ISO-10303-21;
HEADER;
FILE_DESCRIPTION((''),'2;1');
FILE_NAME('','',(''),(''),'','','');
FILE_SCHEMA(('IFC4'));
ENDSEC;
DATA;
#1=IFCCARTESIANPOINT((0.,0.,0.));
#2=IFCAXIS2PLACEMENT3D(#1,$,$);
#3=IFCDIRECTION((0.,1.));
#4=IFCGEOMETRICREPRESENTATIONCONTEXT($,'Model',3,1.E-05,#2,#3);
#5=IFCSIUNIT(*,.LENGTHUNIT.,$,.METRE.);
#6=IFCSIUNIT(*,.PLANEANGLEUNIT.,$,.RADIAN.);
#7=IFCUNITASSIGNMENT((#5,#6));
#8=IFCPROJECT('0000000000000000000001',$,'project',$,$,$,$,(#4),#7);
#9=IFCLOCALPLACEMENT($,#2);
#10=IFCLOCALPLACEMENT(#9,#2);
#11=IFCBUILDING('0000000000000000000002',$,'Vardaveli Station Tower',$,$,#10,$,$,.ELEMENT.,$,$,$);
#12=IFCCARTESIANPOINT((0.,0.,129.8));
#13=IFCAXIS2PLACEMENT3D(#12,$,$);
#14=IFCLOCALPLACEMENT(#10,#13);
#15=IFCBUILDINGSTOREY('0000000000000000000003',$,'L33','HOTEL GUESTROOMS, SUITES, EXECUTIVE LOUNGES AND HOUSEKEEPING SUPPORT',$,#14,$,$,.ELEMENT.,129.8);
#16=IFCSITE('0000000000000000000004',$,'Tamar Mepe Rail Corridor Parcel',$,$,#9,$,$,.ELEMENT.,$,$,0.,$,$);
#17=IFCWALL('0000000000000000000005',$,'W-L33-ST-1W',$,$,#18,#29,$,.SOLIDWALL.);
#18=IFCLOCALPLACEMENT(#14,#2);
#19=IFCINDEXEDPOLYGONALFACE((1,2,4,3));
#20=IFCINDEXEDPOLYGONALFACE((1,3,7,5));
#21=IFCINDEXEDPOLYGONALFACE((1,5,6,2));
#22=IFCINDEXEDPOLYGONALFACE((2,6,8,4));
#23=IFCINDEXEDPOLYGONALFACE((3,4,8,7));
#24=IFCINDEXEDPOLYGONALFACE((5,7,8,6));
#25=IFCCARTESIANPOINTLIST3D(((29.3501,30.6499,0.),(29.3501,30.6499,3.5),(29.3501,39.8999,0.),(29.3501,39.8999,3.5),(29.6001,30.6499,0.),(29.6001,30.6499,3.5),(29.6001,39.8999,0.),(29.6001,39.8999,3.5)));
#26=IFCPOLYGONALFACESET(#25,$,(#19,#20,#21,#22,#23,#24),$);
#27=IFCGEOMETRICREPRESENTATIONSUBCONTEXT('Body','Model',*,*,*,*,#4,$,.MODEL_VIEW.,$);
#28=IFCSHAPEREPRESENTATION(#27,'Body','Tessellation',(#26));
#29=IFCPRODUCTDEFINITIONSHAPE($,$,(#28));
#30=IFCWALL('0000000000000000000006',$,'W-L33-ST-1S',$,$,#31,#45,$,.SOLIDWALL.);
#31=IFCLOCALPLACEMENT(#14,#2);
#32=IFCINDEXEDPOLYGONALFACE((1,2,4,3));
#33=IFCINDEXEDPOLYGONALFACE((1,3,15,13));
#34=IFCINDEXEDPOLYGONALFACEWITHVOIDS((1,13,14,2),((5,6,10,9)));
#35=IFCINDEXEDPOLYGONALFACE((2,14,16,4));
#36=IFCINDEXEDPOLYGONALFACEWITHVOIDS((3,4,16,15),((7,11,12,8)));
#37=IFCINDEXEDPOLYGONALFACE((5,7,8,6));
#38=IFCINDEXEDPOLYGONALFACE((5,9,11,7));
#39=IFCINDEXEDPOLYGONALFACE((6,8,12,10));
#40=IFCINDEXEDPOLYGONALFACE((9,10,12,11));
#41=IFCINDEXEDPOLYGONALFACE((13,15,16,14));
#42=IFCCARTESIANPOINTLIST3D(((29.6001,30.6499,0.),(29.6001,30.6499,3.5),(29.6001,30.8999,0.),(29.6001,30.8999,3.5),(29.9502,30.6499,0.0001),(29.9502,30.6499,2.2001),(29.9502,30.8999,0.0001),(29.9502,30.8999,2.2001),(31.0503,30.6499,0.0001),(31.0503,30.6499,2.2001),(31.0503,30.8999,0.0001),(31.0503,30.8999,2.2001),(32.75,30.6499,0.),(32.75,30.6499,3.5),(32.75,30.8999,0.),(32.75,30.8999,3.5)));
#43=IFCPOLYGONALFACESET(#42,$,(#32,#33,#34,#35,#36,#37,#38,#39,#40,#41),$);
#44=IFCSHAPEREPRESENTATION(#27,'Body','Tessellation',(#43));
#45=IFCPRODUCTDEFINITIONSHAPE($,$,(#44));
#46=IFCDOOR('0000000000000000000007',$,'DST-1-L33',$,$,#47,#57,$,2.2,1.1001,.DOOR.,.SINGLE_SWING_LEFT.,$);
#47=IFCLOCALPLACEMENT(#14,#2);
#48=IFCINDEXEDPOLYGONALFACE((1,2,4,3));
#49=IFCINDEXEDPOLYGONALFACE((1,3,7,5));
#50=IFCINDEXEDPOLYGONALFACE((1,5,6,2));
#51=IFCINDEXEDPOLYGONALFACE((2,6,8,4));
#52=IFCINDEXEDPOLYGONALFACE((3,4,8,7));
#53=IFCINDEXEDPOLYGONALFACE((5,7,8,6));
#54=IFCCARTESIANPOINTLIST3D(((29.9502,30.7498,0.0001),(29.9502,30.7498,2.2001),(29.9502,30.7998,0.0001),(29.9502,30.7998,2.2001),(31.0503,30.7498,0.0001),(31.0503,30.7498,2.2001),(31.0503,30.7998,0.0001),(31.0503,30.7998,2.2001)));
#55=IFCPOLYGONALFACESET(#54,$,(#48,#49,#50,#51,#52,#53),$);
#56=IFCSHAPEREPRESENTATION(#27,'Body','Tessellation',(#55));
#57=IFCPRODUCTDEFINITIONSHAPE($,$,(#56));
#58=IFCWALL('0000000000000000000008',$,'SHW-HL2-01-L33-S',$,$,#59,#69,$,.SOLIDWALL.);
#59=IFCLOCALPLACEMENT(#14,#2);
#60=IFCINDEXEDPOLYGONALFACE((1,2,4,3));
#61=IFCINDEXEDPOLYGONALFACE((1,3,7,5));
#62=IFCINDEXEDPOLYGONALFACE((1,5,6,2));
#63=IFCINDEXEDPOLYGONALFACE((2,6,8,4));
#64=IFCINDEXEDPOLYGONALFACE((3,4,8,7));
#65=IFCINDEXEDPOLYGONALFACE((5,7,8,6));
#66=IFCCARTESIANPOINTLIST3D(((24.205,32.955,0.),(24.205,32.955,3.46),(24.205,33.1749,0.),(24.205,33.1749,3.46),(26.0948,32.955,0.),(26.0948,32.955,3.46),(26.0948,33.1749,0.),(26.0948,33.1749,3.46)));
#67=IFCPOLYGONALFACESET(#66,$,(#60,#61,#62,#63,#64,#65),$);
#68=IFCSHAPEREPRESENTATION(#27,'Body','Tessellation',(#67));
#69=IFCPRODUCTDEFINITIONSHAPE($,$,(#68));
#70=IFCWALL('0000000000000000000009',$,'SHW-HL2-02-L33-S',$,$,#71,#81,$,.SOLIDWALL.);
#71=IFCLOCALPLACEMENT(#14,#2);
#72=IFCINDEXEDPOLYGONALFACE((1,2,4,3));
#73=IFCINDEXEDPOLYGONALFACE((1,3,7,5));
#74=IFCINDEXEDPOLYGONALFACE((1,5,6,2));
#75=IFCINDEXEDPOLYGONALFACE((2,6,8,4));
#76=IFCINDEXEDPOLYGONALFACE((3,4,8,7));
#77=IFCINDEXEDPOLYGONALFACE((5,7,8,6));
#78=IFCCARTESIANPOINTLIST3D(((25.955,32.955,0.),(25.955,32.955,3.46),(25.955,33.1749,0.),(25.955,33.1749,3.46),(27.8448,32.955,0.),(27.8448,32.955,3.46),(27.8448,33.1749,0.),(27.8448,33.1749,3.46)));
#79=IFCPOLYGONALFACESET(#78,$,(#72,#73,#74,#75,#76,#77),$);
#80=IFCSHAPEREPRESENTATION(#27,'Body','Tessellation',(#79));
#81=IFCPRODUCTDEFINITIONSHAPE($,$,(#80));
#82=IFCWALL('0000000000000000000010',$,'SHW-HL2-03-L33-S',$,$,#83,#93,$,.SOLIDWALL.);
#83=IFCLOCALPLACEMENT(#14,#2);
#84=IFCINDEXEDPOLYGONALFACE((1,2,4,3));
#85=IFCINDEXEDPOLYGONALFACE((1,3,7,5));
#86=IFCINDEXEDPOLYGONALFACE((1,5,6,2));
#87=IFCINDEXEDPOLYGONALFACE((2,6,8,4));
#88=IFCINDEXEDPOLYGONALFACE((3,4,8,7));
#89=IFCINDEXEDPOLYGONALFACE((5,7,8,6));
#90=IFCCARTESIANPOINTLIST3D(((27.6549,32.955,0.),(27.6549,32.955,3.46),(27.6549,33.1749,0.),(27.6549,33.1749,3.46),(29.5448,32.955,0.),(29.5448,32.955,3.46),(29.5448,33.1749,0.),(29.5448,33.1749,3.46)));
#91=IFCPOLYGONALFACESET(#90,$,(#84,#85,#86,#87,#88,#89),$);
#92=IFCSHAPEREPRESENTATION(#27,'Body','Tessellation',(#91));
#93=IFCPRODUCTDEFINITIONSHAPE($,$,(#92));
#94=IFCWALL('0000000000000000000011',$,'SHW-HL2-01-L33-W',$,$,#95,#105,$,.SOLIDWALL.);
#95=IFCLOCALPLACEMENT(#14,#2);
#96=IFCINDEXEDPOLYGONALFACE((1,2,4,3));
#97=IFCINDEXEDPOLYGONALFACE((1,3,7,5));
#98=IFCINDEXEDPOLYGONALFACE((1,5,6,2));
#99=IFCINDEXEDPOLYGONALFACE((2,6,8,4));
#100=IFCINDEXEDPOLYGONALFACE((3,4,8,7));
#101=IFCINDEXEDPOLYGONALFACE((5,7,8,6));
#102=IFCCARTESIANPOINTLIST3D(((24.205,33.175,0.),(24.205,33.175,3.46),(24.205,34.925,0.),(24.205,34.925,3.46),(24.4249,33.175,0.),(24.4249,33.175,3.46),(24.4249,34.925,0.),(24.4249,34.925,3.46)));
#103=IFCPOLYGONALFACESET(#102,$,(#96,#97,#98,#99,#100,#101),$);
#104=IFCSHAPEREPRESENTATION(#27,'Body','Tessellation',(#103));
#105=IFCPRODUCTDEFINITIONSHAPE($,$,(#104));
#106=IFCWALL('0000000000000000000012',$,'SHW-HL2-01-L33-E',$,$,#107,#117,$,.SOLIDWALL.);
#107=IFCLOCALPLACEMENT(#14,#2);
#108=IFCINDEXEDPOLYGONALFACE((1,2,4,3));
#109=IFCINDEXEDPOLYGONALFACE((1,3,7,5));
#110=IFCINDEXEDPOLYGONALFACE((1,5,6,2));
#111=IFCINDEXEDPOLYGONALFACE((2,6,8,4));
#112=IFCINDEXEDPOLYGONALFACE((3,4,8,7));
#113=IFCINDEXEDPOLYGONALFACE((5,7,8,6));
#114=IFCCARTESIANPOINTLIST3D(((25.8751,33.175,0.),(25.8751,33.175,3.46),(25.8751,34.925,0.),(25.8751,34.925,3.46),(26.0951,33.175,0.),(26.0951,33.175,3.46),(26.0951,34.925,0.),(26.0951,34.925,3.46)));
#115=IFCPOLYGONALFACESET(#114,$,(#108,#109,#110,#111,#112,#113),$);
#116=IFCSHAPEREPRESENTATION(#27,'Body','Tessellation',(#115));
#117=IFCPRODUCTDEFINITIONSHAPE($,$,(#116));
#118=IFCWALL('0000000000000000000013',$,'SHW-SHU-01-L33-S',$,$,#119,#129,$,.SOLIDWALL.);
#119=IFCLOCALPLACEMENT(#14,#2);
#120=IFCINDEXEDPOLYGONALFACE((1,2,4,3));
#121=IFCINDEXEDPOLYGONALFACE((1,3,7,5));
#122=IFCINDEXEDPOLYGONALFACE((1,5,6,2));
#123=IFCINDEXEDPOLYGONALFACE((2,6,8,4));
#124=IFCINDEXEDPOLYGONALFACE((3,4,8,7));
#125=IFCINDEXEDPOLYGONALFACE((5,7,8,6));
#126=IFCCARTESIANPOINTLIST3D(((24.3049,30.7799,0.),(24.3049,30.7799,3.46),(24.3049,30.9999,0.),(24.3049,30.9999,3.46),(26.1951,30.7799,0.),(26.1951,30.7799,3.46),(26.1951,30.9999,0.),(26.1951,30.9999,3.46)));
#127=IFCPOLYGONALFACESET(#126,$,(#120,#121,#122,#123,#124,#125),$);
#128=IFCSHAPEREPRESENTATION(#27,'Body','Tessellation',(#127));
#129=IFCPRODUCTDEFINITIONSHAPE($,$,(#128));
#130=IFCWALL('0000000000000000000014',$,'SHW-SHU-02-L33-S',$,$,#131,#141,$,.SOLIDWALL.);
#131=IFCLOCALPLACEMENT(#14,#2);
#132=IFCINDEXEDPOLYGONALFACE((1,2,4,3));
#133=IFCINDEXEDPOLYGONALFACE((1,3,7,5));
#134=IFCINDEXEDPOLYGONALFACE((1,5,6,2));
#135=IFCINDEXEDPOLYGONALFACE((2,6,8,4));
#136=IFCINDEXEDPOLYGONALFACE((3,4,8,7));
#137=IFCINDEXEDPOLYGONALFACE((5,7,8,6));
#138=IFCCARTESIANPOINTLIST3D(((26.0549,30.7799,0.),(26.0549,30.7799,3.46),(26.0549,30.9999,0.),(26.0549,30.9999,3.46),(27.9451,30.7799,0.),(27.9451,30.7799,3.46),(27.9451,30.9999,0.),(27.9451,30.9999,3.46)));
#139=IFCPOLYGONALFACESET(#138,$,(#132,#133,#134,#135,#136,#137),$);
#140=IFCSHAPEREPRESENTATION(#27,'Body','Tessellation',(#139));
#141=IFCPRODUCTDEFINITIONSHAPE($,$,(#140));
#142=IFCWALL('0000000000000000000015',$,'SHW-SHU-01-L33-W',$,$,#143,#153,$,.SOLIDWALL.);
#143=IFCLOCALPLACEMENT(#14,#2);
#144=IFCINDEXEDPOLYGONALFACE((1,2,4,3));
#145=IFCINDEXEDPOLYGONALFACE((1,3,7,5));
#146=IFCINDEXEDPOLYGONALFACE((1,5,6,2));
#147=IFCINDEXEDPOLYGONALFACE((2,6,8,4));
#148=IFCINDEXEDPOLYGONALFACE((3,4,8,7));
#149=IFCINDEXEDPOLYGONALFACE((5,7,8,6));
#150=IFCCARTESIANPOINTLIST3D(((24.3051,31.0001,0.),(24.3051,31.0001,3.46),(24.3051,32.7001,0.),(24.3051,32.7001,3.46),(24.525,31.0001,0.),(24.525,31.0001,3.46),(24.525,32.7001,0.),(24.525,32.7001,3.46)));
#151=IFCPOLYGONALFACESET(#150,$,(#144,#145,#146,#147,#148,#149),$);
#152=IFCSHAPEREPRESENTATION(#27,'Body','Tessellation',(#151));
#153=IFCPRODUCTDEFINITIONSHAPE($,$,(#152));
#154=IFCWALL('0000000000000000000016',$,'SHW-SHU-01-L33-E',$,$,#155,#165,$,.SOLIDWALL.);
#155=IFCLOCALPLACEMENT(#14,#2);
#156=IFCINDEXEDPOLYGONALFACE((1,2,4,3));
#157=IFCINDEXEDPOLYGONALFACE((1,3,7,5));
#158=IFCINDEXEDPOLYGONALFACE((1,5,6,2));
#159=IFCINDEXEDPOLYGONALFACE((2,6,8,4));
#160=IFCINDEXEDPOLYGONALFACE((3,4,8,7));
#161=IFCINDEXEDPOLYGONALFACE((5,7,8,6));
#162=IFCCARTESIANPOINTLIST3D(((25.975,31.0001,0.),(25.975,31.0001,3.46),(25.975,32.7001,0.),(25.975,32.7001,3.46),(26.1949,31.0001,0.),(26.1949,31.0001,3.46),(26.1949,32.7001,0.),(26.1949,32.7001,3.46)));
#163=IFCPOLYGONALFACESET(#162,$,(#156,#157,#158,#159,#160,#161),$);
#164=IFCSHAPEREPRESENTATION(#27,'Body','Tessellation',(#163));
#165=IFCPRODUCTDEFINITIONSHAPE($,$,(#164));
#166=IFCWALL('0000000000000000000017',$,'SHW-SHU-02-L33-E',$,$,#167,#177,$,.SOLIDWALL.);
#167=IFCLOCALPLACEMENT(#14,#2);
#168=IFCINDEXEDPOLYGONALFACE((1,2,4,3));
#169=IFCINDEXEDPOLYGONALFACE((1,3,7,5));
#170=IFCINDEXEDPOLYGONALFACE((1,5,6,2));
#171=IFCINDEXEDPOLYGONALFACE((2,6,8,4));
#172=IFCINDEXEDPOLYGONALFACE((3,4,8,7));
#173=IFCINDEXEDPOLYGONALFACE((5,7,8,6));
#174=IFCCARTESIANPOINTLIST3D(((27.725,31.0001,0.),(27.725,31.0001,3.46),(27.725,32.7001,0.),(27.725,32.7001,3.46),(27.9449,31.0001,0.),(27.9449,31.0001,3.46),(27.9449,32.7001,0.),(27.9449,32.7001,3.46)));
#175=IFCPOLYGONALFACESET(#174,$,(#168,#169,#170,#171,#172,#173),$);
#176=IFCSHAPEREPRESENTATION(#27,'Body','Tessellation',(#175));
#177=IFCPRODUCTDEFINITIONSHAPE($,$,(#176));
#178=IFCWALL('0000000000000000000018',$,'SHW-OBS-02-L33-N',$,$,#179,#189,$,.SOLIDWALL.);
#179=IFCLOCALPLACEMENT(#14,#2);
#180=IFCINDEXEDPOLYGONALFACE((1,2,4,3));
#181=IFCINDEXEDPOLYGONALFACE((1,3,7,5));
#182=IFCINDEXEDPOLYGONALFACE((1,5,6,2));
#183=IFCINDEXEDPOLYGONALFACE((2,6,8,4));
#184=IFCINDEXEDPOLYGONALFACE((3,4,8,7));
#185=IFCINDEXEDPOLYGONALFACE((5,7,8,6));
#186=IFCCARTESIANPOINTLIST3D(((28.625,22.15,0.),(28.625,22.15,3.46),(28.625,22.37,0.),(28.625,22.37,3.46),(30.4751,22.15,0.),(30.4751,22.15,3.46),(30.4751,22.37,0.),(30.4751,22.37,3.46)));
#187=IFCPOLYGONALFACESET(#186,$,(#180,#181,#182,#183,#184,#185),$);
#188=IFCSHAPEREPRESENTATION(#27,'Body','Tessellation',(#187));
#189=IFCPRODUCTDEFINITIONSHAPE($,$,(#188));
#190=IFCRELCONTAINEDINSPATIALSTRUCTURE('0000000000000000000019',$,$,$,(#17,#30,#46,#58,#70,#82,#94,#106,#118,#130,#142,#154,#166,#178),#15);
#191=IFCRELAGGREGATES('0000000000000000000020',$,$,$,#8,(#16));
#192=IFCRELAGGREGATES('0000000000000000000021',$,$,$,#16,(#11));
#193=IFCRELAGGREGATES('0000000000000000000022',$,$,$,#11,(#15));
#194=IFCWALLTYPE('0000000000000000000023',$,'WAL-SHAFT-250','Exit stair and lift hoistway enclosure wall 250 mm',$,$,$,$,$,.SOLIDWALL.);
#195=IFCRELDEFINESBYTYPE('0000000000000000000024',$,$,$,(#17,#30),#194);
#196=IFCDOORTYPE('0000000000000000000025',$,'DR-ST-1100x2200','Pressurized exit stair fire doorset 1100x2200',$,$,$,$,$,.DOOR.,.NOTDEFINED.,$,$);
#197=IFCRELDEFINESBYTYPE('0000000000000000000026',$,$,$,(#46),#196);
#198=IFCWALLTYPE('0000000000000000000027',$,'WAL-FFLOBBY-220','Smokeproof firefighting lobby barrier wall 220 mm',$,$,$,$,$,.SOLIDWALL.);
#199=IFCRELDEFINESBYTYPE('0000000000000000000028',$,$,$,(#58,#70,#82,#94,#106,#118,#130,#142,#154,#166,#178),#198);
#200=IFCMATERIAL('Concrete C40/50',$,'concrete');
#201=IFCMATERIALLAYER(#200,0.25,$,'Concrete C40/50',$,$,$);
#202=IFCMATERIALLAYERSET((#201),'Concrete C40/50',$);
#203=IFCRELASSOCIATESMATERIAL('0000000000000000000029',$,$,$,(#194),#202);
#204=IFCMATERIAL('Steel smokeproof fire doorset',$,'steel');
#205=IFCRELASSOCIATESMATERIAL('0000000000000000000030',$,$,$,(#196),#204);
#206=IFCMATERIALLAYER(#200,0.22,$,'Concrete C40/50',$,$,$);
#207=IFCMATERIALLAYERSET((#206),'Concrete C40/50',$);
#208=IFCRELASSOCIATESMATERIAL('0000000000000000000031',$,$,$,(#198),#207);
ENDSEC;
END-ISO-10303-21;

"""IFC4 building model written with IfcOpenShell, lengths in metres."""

from ifc_helpers import new_model, si_unit, direction, frame, frame_2d, origin, place, context, subcontext, project, spatial, rectangle, extrude, source, transform, mapped, material, layer, layer_set, type_object, element, fill, save


model = new_model("IFC4")

# Units and contexts
model_context = context("Model", 3, precision=1e-05, world=origin(), true_north=direction((0.0, 1.0)))
body_context = subcontext(model_context, "Body", "Model", "MODEL_VIEW")
ifc_project = project(units=[si_unit("LENGTHUNIT", "METRE"), si_unit("PLANEANGLEUNIT", "RADIAN")], contexts=[model_context])

# Site, building, storey
site_placement = place(None, origin())
site = spatial("IfcSite", under=ifc_project, at=site_placement, Name="Tamar Mepe Rail Corridor Parcel", CompositionType="ELEMENT", RefElevation=0.0)
building_placement = place(site_placement, origin())
building = spatial("IfcBuilding", under=site, at=building_placement, Name="Vardaveli Station Tower", CompositionType="ELEMENT")
storey_placement = place(building_placement, frame((0.0, 0.0, 129.8)))
storey = spatial("IfcBuildingStorey", under=building, at=storey_placement, Name="L33", Description="HOTEL GUESTROOMS, SUITES, EXECUTIVE LOUNGES AND HOUSEKEEPING SUPPORT", CompositionType="ELEMENT", Elevation=129.8)

# Wall
ifc_material_1 = material(Name="Concrete C40/50", Category="concrete")
ifc_layer_1 = layer(ifc_material_1, 0.25, Name="Concrete C40/50")
ifc_layer_set_1 = layer_set([ifc_layer_1], Name="Concrete C40/50")
wall_type_1 = type_object("IfcWallType", Name="WAL-SHAFT-250", Description="Exit stair and lift hoistway enclosure wall 250 mm", PredefinedType="SOLIDWALL", material=ifc_layer_set_1)
shared_shape_1 = source(origin(), body_context, "Body", "SweptSolid", [
    extrude(rectangle(XDim=9.25, YDim=0.25, at=frame_2d((4.625, 0.0))), origin(), (0.0, 0.0, 1.0), 3.5),
])
wall_1_placement = place(storey_placement, frame((29.4751, 30.6499, 0.0), z_axis=(0.0, 0.0, 1.0), x_axis=(0.0, 1.0, 0.0)))
element("IfcWall", 1, at=wall_1_placement, inside=storey, type_object=wall_type_1, Name="W-L33-ST-1W", PredefinedType="SOLIDWALL", context=body_context, shape_type="MappedRepresentation", body=[
    mapped(shared_shape_1, transform((0.0, 0.0, 0.0), scale=1.0)),
])

# Wall, opening, door
shared_shape_2 = source(origin(), body_context, "Body", "SweptSolid", [
    extrude(rectangle(XDim=3.1499, YDim=0.25, at=frame_2d((1.575, 0.0))), origin(), (0.0, 0.0, 1.0), 3.5),
])
wall_2_placement = place(storey_placement, frame((29.6001, 30.7749, 0.0), z_axis=(0.0, 0.0, 1.0), x_axis=(1.0, 0.0, 0.0)))
wall_2 = element("IfcWall", 2, at=wall_2_placement, inside=storey, type_object=wall_type_1, Name="W-L33-ST-1S", PredefinedType="SOLIDWALL", context=body_context, shape_type="MappedRepresentation", body=[
    mapped(shared_shape_2, transform((0.0, 0.0, 0.0), scale=1.0)),
])
shared_shape_3 = source(origin(), body_context, "Body", "SweptSolid", [
    extrude(rectangle(XDim=1.1001, YDim=2.2, at=frame_2d((0.55, 1.1001))), frame((0.0, 0.135, 0.0), z_axis=(0.0, -1.0, 0.0), x_axis=(1.0, 0.0, 0.0)), (0.0, 0.0, 1.0), 0.27),
])
opening_1_placement = place(wall_2_placement, frame((0.3501, 0.0, 0.0)))
opening_1 = element("IfcOpeningElement", 3, at=opening_1_placement, cuts=wall_2, PredefinedType="OPENING", context=body_context, shape_type="MappedRepresentation", body=[
    mapped(shared_shape_3, transform((0.0, 0.0, 0.0), scale=1.0)),
])
ifc_material_2 = material(Name="Steel smokeproof fire doorset", Category="steel")
door_type_1 = type_object("IfcDoorType", Name="DR-ST-1100x2200", Description="Pressurized exit stair fire doorset 1100x2200", OperationType="NOTDEFINED", PredefinedType="DOOR", material=ifc_material_2)
shared_shape_4 = source(origin(), body_context, "Body", "SweptSolid", [
    extrude(rectangle(XDim=1.1001, YDim=2.2, at=frame_2d((0.55, 1.1001))), frame((0.0, 0.0249, 0.0), z_axis=(0.0, -1.0, 0.0), x_axis=(1.0, 0.0, 0.0)), (0.0, 0.0, 1.0), 0.05),
])
door_1_placement = place(opening_1_placement, origin())
door_1 = element("IfcDoor", 4, at=door_1_placement, inside=storey, type_object=door_type_1, Name="DST-1-L33", OperationType="SINGLE_SWING_LEFT", OverallHeight=2.2, OverallWidth=1.1001, PredefinedType="DOOR", context=body_context, shape_type="MappedRepresentation", body=[
    mapped(shared_shape_4, transform((0.0, 0.0, 0.0), scale=1.0)),
])
fill(opening_1, door_1)

# Walls
ifc_layer_2 = layer(ifc_material_1, 0.22, Name="Concrete C40/50")
ifc_layer_set_2 = layer_set([ifc_layer_2], Name="Concrete C40/50")
wall_type_2 = type_object("IfcWallType", Name="WAL-FFLOBBY-220", Description="Smokeproof firefighting lobby barrier wall 220 mm", PredefinedType="SOLIDWALL", material=ifc_layer_set_2)
shared_shape_5 = source(origin(), body_context, "Body", "SweptSolid", [
    extrude(rectangle(XDim=1.8899, YDim=0.22, at=frame_2d((0.9448, 0.0))), origin(), (0.0, 0.0, 1.0), 3.46),
])
for number, where, z_axis, x_axis, name in (
    (5, (24.2051, 33.0649, 0.0), (0.0, 0.0, 1.0), (1.0, 0.0, 0.0), "SHW-HL2-01-L33-S"),
    (6, (25.9551, 33.0649, 0.0), (0.0, 0.0, 1.0), (1.0, 0.0, 0.0), "SHW-HL2-02-L33-S"),
    (7, (27.655, 33.0649, 0.0), (0.0, 0.0, 1.0), (1.0, 0.0, 0.0), "SHW-HL2-03-L33-S"),
):
    element("IfcWall", number, at=place(storey_placement, frame(where, z_axis=z_axis, x_axis=x_axis)), inside=storey, type_object=wall_type_2, Name=name, PredefinedType="SOLIDWALL", context=body_context, shape_type="MappedRepresentation", body=[
        mapped(shared_shape_5, transform((0.0, 0.0, 0.0), scale=1.0)),
    ])
shared_shape_6 = source(origin(), body_context, "Body", "SweptSolid", [
    extrude(rectangle(XDim=1.75, YDim=0.22, at=frame_2d((0.875, 0.0))), origin(), (0.0, 0.0, 1.0), 3.46),
])
for number, where, z_axis, x_axis, name in (
    (8, (24.3149, 33.175, 0.0), (0.0, 0.0, 1.0), (0.0, 1.0, 0.0), "SHW-HL2-01-L33-W"),
    (9, (25.9851, 33.175, 0.0), (0.0, 0.0, 1.0), (0.0, 1.0, 0.0), "SHW-HL2-01-L33-E"),
):
    element("IfcWall", number, at=place(storey_placement, frame(where, z_axis=z_axis, x_axis=x_axis)), inside=storey, type_object=wall_type_2, Name=name, PredefinedType="SOLIDWALL", context=body_context, shape_type="MappedRepresentation", body=[
        mapped(shared_shape_6, transform((0.0, 0.0, 0.0), scale=1.0)),
    ])
shared_shape_7 = source(origin(), body_context, "Body", "SweptSolid", [
    extrude(rectangle(XDim=1.8901, YDim=0.22, at=frame_2d((0.9451, 0.0))), origin(), (0.0, 0.0, 1.0), 3.46),
])
for number, where, z_axis, x_axis, name in (
    (10, (24.3049, 30.8899, 0.0), (0.0, 0.0, 1.0), (1.0, 0.0, 0.0), "SHW-SHU-01-L33-S"),
    (11, (26.0549, 30.8899, 0.0), (0.0, 0.0, 1.0), (1.0, 0.0, 0.0), "SHW-SHU-02-L33-S"),
):
    element("IfcWall", number, at=place(storey_placement, frame(where, z_axis=z_axis, x_axis=x_axis)), inside=storey, type_object=wall_type_2, Name=name, PredefinedType="SOLIDWALL", context=body_context, shape_type="MappedRepresentation", body=[
        mapped(shared_shape_7, transform((0.0, 0.0, 0.0), scale=1.0)),
    ])
shared_shape_8 = source(origin(), body_context, "Body", "SweptSolid", [
    extrude(rectangle(XDim=1.7, YDim=0.22, at=frame_2d((0.8501, 0.0))), origin(), (0.0, 0.0, 1.0), 3.46),
])
for number, where, z_axis, x_axis, name in (
    (12, (24.415, 31.0, 0.0), (0.0, 0.0, 1.0), (0.0, 1.0, 0.0), "SHW-SHU-01-L33-W"),
    (13, (26.085, 31.0, 0.0), (0.0, 0.0, 1.0), (0.0, 1.0, 0.0), "SHW-SHU-01-L33-E"),
    (14, (27.835, 31.0, 0.0), (0.0, 0.0, 1.0), (0.0, 1.0, 0.0), "SHW-SHU-02-L33-E"),
):
    element("IfcWall", number, at=place(storey_placement, frame(where, z_axis=z_axis, x_axis=x_axis)), inside=storey, type_object=wall_type_2, Name=name, PredefinedType="SOLIDWALL", context=body_context, shape_type="MappedRepresentation", body=[
        mapped(shared_shape_8, transform((0.0, 0.0, 0.0), scale=1.0)),
    ])
shared_shape_9 = source(origin(), body_context, "Body", "SweptSolid", [
    extrude(rectangle(XDim=1.8501, YDim=0.22, at=frame_2d((0.925, 0.0))), origin(), (0.0, 0.0, 1.0), 3.46),
])
wall_3_placement = place(storey_placement, frame((28.625, 22.26, 0.0), z_axis=(0.0, 0.0, 1.0), x_axis=(1.0, 0.0, 0.0)))
element("IfcWall", 15, at=wall_3_placement, inside=storey, type_object=wall_type_2, Name="SHW-OBS-02-L33-N", PredefinedType="SOLIDWALL", context=body_context, shape_type="MappedRepresentation", body=[
    mapped(shared_shape_9, transform((0.0, 0.0, 0.0), scale=1.0)),
])

save(model, "model.ifc")
